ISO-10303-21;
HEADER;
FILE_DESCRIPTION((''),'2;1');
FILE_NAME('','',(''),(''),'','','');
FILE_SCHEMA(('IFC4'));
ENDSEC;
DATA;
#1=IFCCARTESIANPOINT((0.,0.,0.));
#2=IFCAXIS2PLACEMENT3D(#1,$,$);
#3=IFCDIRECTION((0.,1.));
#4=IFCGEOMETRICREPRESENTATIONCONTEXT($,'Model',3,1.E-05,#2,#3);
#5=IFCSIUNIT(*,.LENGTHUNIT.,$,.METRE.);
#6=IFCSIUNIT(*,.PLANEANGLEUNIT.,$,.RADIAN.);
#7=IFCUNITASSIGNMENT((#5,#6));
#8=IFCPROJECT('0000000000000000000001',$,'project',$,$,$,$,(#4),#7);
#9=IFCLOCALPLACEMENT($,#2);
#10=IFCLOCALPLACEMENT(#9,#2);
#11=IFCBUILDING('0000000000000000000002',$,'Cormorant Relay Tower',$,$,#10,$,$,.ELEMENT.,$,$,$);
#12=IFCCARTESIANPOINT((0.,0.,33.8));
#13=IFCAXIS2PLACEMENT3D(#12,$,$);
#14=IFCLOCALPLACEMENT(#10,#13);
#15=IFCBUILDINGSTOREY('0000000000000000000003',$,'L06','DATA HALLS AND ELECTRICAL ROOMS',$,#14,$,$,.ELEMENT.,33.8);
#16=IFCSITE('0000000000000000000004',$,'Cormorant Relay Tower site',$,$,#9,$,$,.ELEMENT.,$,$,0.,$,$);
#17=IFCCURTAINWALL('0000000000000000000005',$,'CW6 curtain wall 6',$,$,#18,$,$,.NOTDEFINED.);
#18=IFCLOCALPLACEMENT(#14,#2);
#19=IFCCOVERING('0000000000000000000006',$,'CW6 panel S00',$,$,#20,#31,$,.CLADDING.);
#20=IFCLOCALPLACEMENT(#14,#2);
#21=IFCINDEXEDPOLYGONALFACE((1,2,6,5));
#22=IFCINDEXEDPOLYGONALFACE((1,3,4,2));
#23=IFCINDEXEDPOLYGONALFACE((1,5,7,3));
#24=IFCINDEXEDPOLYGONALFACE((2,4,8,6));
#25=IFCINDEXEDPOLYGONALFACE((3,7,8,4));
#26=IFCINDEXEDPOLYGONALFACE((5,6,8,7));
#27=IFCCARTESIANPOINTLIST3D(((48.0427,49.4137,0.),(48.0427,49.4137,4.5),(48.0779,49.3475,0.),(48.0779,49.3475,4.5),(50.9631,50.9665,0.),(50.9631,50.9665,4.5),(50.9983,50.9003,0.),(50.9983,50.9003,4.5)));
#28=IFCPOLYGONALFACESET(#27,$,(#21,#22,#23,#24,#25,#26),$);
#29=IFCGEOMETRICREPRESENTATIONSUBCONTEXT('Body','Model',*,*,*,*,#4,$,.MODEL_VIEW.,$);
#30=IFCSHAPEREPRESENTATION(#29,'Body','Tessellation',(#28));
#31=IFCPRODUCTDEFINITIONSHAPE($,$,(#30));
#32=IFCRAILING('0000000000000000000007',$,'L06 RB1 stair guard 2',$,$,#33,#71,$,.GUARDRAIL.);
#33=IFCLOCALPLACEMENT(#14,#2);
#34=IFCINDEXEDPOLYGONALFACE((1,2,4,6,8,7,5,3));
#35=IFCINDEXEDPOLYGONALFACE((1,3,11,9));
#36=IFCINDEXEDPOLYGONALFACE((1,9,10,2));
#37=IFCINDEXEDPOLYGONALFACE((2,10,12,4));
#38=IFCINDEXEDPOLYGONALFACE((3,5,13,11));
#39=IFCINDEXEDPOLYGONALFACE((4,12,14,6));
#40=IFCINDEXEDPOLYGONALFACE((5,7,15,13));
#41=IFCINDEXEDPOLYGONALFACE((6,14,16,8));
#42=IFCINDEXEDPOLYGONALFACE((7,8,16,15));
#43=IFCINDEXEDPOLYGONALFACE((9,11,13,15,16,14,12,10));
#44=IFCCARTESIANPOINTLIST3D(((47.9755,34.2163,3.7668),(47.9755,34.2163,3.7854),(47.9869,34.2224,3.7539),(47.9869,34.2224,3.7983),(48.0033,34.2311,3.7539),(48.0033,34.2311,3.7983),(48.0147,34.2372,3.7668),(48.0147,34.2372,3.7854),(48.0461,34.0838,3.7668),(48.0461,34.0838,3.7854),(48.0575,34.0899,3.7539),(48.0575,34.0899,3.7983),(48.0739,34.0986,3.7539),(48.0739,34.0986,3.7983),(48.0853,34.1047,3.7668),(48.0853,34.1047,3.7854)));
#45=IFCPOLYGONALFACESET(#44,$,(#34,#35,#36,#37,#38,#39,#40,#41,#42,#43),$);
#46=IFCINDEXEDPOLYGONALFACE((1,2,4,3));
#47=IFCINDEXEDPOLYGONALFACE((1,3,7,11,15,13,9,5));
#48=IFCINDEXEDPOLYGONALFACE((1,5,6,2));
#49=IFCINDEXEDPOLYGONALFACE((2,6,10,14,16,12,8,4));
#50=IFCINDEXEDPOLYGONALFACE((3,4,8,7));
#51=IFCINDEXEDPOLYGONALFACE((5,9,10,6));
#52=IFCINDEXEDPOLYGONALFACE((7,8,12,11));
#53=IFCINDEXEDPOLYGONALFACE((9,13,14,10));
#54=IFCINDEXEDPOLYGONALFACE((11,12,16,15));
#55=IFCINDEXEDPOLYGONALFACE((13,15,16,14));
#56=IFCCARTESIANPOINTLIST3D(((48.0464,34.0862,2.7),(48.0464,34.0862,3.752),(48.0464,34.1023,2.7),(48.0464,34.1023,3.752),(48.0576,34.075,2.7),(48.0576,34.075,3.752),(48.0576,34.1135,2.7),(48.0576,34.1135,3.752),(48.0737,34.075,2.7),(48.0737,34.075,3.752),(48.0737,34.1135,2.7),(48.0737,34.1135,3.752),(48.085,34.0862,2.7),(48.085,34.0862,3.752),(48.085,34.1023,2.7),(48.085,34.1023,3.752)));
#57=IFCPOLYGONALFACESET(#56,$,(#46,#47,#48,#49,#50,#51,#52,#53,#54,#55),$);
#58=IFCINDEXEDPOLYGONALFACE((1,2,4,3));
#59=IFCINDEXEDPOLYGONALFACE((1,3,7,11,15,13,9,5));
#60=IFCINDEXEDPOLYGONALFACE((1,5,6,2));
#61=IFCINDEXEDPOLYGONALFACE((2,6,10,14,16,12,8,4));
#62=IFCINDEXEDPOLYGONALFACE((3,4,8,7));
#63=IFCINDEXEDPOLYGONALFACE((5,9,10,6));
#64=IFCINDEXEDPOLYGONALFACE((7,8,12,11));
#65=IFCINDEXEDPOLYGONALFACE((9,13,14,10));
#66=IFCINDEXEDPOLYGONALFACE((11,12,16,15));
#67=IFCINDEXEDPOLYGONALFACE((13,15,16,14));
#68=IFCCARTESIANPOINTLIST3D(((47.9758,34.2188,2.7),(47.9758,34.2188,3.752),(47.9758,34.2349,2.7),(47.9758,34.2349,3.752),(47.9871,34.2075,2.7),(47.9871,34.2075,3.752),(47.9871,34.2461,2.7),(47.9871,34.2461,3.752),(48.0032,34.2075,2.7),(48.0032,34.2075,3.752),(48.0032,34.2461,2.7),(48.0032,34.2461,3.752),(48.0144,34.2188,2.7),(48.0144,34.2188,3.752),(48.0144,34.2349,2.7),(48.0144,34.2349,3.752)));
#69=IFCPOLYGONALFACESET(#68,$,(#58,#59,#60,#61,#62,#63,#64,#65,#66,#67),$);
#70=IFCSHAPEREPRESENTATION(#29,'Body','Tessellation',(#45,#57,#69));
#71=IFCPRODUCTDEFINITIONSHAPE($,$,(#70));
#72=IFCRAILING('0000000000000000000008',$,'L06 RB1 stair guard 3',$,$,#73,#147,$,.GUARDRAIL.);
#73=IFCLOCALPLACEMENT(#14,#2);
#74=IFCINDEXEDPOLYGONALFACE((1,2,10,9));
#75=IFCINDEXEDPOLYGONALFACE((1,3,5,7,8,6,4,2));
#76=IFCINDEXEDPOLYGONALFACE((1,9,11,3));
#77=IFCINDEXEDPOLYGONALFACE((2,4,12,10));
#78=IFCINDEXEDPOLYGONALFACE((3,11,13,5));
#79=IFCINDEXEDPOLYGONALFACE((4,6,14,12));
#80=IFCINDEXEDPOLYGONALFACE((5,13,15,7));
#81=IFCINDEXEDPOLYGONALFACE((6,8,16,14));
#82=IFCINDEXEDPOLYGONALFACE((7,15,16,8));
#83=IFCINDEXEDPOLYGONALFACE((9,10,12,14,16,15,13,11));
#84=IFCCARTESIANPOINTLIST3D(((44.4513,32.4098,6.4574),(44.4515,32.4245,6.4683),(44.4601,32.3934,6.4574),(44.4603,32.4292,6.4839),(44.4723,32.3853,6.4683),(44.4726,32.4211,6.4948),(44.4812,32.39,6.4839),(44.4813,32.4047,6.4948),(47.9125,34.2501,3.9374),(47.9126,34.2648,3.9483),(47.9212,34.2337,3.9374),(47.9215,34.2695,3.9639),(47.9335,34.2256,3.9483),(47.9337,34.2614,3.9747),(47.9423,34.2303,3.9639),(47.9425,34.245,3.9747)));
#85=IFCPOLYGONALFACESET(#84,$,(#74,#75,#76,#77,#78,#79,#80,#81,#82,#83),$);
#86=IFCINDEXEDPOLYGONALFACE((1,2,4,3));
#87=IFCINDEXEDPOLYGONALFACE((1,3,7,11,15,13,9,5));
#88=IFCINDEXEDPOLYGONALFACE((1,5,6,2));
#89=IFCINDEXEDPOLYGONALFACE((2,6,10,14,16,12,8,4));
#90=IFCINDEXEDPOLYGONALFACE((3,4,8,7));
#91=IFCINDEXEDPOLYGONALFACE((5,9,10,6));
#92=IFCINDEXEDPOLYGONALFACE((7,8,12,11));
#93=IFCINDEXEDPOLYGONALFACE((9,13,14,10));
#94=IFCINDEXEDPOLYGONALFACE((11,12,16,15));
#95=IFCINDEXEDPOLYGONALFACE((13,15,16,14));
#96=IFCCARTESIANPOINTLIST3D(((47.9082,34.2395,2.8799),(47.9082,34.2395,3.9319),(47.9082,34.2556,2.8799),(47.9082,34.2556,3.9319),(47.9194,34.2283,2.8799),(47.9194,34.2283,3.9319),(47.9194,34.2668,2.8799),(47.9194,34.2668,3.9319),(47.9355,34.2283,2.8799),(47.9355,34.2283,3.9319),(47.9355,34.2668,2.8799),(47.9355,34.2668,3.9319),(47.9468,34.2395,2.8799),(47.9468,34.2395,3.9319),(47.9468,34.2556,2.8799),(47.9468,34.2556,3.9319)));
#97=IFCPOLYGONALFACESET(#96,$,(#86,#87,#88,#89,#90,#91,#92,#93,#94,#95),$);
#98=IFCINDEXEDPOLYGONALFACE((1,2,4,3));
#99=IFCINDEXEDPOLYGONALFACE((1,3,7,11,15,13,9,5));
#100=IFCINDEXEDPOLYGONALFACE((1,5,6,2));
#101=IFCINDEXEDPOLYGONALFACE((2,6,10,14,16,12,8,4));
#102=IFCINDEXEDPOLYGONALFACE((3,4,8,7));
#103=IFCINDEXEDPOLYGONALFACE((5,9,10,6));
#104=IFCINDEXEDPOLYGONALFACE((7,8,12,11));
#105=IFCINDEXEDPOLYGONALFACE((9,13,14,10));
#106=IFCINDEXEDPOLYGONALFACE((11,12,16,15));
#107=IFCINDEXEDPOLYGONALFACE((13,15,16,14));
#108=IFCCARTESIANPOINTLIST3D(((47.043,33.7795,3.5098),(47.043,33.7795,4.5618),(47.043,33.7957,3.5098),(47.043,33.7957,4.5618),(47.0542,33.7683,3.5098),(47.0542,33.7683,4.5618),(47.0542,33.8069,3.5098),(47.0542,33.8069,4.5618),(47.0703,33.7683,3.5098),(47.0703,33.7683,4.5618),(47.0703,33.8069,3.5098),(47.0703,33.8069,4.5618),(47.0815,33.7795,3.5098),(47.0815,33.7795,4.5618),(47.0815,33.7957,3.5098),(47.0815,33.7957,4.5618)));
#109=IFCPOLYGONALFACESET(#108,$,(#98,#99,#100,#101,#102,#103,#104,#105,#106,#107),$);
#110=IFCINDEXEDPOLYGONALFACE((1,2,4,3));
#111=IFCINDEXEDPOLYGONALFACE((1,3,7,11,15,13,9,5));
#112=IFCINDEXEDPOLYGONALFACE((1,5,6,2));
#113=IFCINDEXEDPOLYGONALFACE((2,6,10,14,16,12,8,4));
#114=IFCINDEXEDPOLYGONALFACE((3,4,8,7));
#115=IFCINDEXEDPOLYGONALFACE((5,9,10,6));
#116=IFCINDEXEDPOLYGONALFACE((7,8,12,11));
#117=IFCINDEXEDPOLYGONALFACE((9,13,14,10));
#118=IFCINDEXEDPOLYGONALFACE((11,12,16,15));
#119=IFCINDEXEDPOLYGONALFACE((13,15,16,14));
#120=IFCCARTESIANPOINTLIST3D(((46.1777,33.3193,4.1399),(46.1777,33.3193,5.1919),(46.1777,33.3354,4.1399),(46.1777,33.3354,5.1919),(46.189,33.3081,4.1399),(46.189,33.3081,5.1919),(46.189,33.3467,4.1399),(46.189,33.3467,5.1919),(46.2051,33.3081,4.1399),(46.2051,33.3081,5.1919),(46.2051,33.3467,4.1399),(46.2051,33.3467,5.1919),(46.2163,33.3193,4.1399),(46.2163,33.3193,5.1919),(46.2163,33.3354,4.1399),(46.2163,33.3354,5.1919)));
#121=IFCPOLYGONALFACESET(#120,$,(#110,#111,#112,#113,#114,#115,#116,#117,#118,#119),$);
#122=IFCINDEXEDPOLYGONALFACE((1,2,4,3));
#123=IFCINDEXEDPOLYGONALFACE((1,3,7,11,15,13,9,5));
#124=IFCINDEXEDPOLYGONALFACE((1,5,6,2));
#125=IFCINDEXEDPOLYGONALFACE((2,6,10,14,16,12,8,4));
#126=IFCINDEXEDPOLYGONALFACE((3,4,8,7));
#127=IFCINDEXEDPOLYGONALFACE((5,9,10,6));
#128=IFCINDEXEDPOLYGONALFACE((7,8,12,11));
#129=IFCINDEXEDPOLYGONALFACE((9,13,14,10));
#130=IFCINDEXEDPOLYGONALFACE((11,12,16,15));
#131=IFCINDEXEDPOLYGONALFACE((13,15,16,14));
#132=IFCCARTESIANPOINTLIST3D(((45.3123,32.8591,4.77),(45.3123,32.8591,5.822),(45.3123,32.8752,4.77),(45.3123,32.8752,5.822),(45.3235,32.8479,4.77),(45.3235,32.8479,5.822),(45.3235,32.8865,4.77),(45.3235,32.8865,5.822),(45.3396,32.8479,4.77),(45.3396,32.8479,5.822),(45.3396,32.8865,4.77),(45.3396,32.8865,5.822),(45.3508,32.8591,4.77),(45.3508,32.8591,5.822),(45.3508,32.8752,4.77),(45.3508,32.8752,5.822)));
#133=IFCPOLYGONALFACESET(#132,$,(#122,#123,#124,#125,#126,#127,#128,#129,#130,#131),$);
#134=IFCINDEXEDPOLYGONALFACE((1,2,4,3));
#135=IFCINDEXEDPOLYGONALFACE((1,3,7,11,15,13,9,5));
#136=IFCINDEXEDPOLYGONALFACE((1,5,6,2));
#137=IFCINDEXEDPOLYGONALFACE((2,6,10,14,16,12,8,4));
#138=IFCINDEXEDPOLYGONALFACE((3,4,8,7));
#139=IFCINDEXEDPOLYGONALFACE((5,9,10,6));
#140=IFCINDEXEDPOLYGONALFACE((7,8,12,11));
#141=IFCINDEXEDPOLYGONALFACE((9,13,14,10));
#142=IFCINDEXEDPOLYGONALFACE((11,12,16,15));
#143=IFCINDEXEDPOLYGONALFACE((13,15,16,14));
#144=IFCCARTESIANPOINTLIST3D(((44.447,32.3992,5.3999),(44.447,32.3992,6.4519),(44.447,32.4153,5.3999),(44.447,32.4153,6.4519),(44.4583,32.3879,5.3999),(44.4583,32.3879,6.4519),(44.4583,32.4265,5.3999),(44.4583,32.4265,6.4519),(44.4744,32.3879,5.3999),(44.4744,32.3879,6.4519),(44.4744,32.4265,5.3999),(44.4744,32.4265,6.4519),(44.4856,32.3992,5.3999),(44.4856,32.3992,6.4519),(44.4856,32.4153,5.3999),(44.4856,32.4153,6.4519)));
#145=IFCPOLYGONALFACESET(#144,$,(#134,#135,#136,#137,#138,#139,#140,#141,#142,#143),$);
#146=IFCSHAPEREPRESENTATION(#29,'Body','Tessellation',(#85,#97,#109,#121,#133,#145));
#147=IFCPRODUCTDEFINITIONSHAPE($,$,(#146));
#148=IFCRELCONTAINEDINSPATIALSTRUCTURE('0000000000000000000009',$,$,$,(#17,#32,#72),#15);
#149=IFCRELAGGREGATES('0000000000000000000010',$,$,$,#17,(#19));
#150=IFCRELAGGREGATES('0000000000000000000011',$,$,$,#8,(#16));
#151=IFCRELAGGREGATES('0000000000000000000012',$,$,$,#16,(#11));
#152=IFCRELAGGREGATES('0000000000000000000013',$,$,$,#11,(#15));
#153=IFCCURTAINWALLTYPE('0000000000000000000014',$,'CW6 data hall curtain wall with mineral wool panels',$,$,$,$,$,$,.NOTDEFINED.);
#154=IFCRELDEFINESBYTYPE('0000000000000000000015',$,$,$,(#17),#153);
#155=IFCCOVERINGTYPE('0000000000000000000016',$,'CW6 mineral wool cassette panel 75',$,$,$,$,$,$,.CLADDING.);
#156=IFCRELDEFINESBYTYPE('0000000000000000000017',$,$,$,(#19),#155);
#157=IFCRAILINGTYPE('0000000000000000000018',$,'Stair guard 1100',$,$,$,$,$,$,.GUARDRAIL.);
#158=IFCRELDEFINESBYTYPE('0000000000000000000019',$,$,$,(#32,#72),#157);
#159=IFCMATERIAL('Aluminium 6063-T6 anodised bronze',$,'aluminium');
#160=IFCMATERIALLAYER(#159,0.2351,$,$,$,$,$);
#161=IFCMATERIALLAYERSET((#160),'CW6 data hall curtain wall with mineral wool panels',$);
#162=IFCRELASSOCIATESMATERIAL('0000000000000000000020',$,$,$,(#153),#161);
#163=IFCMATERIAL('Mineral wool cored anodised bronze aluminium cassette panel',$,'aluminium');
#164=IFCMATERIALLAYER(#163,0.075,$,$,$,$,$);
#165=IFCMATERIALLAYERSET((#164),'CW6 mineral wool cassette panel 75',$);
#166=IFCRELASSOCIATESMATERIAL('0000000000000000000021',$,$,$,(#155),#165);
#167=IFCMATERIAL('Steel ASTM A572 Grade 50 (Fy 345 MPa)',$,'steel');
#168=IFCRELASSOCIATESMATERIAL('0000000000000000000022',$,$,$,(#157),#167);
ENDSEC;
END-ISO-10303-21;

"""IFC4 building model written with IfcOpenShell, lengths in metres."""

from ifc_helpers import new_model, si_unit, direction, frame, origin, origin_2d, place, context, subcontext, project, spatial, polyline, rectangle, outline, extrude, material, layer, layer_set, type_object, element, aggregate, save


model = new_model("IFC4")

# Units and contexts
model_context = context("Model", 3, precision=1e-05, world=origin(), true_north=direction((0.0, 1.0)))
body_context = subcontext(model_context, "Body", "Model", "MODEL_VIEW")
ifc_project = project(units=[si_unit("LENGTHUNIT", "METRE"), si_unit("PLANEANGLEUNIT", "RADIAN")], contexts=[model_context])

# Site, building, storey
site_placement = place(None, origin())
site = spatial("IfcSite", under=ifc_project, at=site_placement, Name="Cormorant Relay Tower site", CompositionType="ELEMENT", RefElevation=0.0)
building_placement = place(site_placement, origin())
building = spatial("IfcBuilding", under=site, at=building_placement, Name="Cormorant Relay Tower", CompositionType="ELEMENT")
storey_placement = place(building_placement, frame((0.0, 0.0, 33.8)))
storey = spatial("IfcBuildingStorey", under=building, at=storey_placement, Name="L06", Description="DATA HALLS AND ELECTRICAL ROOMS", CompositionType="ELEMENT", Elevation=33.8)

# Shared definitions
ifc_material_1 = material(Name="Aluminium 6063-T6 anodised bronze", Category="aluminium")
ifc_layer_1 = layer(ifc_material_1, 0.2351)
ifc_layer_set_1 = layer_set([ifc_layer_1], Name="CW6 data hall curtain wall with mineral wool panels")
curtain_wall_type = type_object("IfcCurtainWallType", Name="CW6 data hall curtain wall with mineral wool panels", PredefinedType="NOTDEFINED", material=ifc_layer_set_1)

# Curtain wall
curtain_wall_1_placement = place(storey_placement, origin())
curtain_wall_1 = element("IfcCurtainWall", 1, at=curtain_wall_1_placement, inside=storey, type_object=curtain_wall_type, Name="CW6 curtain wall 6", PredefinedType="NOTDEFINED")

# Covering
ifc_material_2 = material(Name="Mineral wool cored anodised bronze aluminium cassette panel", Category="aluminium")
ifc_layer_2 = layer(ifc_material_2, 0.075)
ifc_layer_set_2 = layer_set([ifc_layer_2], Name="CW6 mineral wool cassette panel 75")
covering_type = type_object("IfcCoveringType", Name="CW6 mineral wool cassette panel 75", PredefinedType="CLADDING", material=ifc_layer_set_2)
covering_1_placement = place(storey_placement, frame((49.5205, 50.157, 0.0), z_axis=(0.0, 0.0, 1.0), x_axis=(-0.882948, -0.469472, 0.0)))
covering_1 = element("IfcCovering", 2, at=covering_1_placement, type_object=covering_type, Name="CW6 panel S00", PredefinedType="CLADDING", context=body_context, shape_type="SweptSolid", body=[
    extrude(rectangle(XDim=3.3076, YDim=0.075, at=origin_2d()), origin(), (0.0, 0.0, 1.0), 4.5),
])
aggregate(curtain_wall_1, [covering_1])

# Railings
ifc_material_3 = material(Name="Steel ASTM A572 Grade 50 (Fy 345 MPa)", Category="steel")
railing_type_1 = type_object("IfcRailingType", Name="Stair guard 1100", PredefinedType="GUARDRAIL", material=ifc_material_3)
railing_1_placement = place(storey_placement, frame((48.0657, 34.0942, 2.7)))
element("IfcRailing", 3, at=railing_1_placement, inside=storey, type_object=railing_type_1, Name="L06 RB1 stair guard 2", PredefinedType="GUARDRAIL", context=body_context, shape_type="SweptSolid", body=[
    extrude(outline(polyline([(0.0222, 0.0093), (0.0093, 0.0222), (-0.0093, 0.0222), (-0.0222, 0.0093), (-0.0222, -0.0093), (-0.0093, -0.0222), (0.0093, -0.0222), (0.0222, -0.0093), (0.0222, 0.0093)])), frame((0.0, 0.0, 1.0762), z_axis=(-0.469829, 0.882758, 0.0), x_axis=(-0.882758, -0.469829, 0.0)), (0.0, 0.0, 1.0), 0.1501),
    extrude(outline(polyline([(0.0193, 0.0081), (0.0081, 0.0193), (-0.0081, 0.0193), (-0.0193, 0.0081), (-0.0193, -0.0081), (-0.0081, -0.0193), (0.0081, -0.0193), (0.0193, -0.0081), (0.0193, 0.0081)])), origin(), (0.0, 0.0, 1.0), 1.052),
    extrude(outline(polyline([(0.0193, 0.0081), (0.0081, 0.0193), (-0.0081, 0.0193), (-0.0193, 0.0081), (-0.0193, -0.0081), (-0.0081, -0.0193), (0.0081, -0.0193), (0.0193, -0.0081), (0.0193, 0.0081)])), frame((-0.0706, 0.1326, 0.0)), (0.0, 0.0, 1.0), 1.052),
])
railing_2_placement = place(storey_placement, frame((47.9275, 34.2476, 2.8799)))
element("IfcRailing", 4, at=railing_2_placement, inside=storey, type_object=railing_type_1, Name="L06 RB1 stair guard 3", PredefinedType="GUARDRAIL", context=body_context, shape_type="SweptSolid", body=[
    extrude(outline(polyline([(0.0222, 0.0093), (0.0093, 0.0222), (-0.0093, 0.0222), (-0.0222, 0.0093), (-0.0222, -0.0093), (-0.0093, -0.0222), (0.0093, -0.0222), (0.0222, -0.0093), (0.0222, 0.0093)])), frame((0.0, 0.0, 1.0762), z_axis=(-0.742717, -0.394907, 0.540758), x_axis=(0.469469, -0.882949, 0.0)), (0.0, 0.0, 1.0), 4.6602),
    extrude(outline(polyline([(0.0193, 0.0081), (0.0081, 0.0193), (-0.0081, 0.0193), (-0.0193, 0.0081), (-0.0193, -0.0081), (-0.0081, -0.0193), (0.0081, -0.0193), (0.0193, -0.0081), (0.0193, 0.0081)])), origin(), (0.0, 0.0, 1.0), 1.052),
    extrude(outline(polyline([(0.0193, 0.0081), (0.0081, 0.0193), (-0.0081, 0.0193), (-0.0193, 0.0081), (-0.0193, -0.0081), (-0.0081, -0.0193), (0.0081, -0.0193), (0.0193, -0.0081), (0.0193, 0.0081)])), frame((-0.8652, -0.46, 0.6299)), (0.0, 0.0, 1.0), 1.052),
    extrude(outline(polyline([(0.0193, 0.0081), (0.0081, 0.0193), (-0.0081, 0.0193), (-0.0193, 0.0081), (-0.0193, -0.0081), (-0.0081, -0.0193), (0.0081, -0.0193), (0.0193, -0.0081), (0.0193, 0.0081)])), frame((-1.7305, -0.9202, 1.26)), (0.0, 0.0, 1.0), 1.052),
    extrude(outline(polyline([(0.0193, 0.0081), (0.0081, 0.0193), (-0.0081, 0.0193), (-0.0193, 0.0081), (-0.0193, -0.0081), (-0.0081, -0.0193), (0.0081, -0.0193), (0.0193, -0.0081), (0.0193, 0.0081)])), frame((-2.5959, -1.3804, 1.8901)), (0.0, 0.0, 1.0), 1.052),
    extrude(outline(polyline([(0.0193, 0.0081), (0.0081, 0.0193), (-0.0081, 0.0193), (-0.0193, 0.0081), (-0.0193, -0.0081), (-0.0081, -0.0193), (0.0081, -0.0193), (0.0193, -0.0081), (0.0193, 0.0081)])), frame((-3.4612, -1.8403, 2.52)), (0.0, 0.0, 1.0), 1.052),
])

save(model, "model.ifc")
